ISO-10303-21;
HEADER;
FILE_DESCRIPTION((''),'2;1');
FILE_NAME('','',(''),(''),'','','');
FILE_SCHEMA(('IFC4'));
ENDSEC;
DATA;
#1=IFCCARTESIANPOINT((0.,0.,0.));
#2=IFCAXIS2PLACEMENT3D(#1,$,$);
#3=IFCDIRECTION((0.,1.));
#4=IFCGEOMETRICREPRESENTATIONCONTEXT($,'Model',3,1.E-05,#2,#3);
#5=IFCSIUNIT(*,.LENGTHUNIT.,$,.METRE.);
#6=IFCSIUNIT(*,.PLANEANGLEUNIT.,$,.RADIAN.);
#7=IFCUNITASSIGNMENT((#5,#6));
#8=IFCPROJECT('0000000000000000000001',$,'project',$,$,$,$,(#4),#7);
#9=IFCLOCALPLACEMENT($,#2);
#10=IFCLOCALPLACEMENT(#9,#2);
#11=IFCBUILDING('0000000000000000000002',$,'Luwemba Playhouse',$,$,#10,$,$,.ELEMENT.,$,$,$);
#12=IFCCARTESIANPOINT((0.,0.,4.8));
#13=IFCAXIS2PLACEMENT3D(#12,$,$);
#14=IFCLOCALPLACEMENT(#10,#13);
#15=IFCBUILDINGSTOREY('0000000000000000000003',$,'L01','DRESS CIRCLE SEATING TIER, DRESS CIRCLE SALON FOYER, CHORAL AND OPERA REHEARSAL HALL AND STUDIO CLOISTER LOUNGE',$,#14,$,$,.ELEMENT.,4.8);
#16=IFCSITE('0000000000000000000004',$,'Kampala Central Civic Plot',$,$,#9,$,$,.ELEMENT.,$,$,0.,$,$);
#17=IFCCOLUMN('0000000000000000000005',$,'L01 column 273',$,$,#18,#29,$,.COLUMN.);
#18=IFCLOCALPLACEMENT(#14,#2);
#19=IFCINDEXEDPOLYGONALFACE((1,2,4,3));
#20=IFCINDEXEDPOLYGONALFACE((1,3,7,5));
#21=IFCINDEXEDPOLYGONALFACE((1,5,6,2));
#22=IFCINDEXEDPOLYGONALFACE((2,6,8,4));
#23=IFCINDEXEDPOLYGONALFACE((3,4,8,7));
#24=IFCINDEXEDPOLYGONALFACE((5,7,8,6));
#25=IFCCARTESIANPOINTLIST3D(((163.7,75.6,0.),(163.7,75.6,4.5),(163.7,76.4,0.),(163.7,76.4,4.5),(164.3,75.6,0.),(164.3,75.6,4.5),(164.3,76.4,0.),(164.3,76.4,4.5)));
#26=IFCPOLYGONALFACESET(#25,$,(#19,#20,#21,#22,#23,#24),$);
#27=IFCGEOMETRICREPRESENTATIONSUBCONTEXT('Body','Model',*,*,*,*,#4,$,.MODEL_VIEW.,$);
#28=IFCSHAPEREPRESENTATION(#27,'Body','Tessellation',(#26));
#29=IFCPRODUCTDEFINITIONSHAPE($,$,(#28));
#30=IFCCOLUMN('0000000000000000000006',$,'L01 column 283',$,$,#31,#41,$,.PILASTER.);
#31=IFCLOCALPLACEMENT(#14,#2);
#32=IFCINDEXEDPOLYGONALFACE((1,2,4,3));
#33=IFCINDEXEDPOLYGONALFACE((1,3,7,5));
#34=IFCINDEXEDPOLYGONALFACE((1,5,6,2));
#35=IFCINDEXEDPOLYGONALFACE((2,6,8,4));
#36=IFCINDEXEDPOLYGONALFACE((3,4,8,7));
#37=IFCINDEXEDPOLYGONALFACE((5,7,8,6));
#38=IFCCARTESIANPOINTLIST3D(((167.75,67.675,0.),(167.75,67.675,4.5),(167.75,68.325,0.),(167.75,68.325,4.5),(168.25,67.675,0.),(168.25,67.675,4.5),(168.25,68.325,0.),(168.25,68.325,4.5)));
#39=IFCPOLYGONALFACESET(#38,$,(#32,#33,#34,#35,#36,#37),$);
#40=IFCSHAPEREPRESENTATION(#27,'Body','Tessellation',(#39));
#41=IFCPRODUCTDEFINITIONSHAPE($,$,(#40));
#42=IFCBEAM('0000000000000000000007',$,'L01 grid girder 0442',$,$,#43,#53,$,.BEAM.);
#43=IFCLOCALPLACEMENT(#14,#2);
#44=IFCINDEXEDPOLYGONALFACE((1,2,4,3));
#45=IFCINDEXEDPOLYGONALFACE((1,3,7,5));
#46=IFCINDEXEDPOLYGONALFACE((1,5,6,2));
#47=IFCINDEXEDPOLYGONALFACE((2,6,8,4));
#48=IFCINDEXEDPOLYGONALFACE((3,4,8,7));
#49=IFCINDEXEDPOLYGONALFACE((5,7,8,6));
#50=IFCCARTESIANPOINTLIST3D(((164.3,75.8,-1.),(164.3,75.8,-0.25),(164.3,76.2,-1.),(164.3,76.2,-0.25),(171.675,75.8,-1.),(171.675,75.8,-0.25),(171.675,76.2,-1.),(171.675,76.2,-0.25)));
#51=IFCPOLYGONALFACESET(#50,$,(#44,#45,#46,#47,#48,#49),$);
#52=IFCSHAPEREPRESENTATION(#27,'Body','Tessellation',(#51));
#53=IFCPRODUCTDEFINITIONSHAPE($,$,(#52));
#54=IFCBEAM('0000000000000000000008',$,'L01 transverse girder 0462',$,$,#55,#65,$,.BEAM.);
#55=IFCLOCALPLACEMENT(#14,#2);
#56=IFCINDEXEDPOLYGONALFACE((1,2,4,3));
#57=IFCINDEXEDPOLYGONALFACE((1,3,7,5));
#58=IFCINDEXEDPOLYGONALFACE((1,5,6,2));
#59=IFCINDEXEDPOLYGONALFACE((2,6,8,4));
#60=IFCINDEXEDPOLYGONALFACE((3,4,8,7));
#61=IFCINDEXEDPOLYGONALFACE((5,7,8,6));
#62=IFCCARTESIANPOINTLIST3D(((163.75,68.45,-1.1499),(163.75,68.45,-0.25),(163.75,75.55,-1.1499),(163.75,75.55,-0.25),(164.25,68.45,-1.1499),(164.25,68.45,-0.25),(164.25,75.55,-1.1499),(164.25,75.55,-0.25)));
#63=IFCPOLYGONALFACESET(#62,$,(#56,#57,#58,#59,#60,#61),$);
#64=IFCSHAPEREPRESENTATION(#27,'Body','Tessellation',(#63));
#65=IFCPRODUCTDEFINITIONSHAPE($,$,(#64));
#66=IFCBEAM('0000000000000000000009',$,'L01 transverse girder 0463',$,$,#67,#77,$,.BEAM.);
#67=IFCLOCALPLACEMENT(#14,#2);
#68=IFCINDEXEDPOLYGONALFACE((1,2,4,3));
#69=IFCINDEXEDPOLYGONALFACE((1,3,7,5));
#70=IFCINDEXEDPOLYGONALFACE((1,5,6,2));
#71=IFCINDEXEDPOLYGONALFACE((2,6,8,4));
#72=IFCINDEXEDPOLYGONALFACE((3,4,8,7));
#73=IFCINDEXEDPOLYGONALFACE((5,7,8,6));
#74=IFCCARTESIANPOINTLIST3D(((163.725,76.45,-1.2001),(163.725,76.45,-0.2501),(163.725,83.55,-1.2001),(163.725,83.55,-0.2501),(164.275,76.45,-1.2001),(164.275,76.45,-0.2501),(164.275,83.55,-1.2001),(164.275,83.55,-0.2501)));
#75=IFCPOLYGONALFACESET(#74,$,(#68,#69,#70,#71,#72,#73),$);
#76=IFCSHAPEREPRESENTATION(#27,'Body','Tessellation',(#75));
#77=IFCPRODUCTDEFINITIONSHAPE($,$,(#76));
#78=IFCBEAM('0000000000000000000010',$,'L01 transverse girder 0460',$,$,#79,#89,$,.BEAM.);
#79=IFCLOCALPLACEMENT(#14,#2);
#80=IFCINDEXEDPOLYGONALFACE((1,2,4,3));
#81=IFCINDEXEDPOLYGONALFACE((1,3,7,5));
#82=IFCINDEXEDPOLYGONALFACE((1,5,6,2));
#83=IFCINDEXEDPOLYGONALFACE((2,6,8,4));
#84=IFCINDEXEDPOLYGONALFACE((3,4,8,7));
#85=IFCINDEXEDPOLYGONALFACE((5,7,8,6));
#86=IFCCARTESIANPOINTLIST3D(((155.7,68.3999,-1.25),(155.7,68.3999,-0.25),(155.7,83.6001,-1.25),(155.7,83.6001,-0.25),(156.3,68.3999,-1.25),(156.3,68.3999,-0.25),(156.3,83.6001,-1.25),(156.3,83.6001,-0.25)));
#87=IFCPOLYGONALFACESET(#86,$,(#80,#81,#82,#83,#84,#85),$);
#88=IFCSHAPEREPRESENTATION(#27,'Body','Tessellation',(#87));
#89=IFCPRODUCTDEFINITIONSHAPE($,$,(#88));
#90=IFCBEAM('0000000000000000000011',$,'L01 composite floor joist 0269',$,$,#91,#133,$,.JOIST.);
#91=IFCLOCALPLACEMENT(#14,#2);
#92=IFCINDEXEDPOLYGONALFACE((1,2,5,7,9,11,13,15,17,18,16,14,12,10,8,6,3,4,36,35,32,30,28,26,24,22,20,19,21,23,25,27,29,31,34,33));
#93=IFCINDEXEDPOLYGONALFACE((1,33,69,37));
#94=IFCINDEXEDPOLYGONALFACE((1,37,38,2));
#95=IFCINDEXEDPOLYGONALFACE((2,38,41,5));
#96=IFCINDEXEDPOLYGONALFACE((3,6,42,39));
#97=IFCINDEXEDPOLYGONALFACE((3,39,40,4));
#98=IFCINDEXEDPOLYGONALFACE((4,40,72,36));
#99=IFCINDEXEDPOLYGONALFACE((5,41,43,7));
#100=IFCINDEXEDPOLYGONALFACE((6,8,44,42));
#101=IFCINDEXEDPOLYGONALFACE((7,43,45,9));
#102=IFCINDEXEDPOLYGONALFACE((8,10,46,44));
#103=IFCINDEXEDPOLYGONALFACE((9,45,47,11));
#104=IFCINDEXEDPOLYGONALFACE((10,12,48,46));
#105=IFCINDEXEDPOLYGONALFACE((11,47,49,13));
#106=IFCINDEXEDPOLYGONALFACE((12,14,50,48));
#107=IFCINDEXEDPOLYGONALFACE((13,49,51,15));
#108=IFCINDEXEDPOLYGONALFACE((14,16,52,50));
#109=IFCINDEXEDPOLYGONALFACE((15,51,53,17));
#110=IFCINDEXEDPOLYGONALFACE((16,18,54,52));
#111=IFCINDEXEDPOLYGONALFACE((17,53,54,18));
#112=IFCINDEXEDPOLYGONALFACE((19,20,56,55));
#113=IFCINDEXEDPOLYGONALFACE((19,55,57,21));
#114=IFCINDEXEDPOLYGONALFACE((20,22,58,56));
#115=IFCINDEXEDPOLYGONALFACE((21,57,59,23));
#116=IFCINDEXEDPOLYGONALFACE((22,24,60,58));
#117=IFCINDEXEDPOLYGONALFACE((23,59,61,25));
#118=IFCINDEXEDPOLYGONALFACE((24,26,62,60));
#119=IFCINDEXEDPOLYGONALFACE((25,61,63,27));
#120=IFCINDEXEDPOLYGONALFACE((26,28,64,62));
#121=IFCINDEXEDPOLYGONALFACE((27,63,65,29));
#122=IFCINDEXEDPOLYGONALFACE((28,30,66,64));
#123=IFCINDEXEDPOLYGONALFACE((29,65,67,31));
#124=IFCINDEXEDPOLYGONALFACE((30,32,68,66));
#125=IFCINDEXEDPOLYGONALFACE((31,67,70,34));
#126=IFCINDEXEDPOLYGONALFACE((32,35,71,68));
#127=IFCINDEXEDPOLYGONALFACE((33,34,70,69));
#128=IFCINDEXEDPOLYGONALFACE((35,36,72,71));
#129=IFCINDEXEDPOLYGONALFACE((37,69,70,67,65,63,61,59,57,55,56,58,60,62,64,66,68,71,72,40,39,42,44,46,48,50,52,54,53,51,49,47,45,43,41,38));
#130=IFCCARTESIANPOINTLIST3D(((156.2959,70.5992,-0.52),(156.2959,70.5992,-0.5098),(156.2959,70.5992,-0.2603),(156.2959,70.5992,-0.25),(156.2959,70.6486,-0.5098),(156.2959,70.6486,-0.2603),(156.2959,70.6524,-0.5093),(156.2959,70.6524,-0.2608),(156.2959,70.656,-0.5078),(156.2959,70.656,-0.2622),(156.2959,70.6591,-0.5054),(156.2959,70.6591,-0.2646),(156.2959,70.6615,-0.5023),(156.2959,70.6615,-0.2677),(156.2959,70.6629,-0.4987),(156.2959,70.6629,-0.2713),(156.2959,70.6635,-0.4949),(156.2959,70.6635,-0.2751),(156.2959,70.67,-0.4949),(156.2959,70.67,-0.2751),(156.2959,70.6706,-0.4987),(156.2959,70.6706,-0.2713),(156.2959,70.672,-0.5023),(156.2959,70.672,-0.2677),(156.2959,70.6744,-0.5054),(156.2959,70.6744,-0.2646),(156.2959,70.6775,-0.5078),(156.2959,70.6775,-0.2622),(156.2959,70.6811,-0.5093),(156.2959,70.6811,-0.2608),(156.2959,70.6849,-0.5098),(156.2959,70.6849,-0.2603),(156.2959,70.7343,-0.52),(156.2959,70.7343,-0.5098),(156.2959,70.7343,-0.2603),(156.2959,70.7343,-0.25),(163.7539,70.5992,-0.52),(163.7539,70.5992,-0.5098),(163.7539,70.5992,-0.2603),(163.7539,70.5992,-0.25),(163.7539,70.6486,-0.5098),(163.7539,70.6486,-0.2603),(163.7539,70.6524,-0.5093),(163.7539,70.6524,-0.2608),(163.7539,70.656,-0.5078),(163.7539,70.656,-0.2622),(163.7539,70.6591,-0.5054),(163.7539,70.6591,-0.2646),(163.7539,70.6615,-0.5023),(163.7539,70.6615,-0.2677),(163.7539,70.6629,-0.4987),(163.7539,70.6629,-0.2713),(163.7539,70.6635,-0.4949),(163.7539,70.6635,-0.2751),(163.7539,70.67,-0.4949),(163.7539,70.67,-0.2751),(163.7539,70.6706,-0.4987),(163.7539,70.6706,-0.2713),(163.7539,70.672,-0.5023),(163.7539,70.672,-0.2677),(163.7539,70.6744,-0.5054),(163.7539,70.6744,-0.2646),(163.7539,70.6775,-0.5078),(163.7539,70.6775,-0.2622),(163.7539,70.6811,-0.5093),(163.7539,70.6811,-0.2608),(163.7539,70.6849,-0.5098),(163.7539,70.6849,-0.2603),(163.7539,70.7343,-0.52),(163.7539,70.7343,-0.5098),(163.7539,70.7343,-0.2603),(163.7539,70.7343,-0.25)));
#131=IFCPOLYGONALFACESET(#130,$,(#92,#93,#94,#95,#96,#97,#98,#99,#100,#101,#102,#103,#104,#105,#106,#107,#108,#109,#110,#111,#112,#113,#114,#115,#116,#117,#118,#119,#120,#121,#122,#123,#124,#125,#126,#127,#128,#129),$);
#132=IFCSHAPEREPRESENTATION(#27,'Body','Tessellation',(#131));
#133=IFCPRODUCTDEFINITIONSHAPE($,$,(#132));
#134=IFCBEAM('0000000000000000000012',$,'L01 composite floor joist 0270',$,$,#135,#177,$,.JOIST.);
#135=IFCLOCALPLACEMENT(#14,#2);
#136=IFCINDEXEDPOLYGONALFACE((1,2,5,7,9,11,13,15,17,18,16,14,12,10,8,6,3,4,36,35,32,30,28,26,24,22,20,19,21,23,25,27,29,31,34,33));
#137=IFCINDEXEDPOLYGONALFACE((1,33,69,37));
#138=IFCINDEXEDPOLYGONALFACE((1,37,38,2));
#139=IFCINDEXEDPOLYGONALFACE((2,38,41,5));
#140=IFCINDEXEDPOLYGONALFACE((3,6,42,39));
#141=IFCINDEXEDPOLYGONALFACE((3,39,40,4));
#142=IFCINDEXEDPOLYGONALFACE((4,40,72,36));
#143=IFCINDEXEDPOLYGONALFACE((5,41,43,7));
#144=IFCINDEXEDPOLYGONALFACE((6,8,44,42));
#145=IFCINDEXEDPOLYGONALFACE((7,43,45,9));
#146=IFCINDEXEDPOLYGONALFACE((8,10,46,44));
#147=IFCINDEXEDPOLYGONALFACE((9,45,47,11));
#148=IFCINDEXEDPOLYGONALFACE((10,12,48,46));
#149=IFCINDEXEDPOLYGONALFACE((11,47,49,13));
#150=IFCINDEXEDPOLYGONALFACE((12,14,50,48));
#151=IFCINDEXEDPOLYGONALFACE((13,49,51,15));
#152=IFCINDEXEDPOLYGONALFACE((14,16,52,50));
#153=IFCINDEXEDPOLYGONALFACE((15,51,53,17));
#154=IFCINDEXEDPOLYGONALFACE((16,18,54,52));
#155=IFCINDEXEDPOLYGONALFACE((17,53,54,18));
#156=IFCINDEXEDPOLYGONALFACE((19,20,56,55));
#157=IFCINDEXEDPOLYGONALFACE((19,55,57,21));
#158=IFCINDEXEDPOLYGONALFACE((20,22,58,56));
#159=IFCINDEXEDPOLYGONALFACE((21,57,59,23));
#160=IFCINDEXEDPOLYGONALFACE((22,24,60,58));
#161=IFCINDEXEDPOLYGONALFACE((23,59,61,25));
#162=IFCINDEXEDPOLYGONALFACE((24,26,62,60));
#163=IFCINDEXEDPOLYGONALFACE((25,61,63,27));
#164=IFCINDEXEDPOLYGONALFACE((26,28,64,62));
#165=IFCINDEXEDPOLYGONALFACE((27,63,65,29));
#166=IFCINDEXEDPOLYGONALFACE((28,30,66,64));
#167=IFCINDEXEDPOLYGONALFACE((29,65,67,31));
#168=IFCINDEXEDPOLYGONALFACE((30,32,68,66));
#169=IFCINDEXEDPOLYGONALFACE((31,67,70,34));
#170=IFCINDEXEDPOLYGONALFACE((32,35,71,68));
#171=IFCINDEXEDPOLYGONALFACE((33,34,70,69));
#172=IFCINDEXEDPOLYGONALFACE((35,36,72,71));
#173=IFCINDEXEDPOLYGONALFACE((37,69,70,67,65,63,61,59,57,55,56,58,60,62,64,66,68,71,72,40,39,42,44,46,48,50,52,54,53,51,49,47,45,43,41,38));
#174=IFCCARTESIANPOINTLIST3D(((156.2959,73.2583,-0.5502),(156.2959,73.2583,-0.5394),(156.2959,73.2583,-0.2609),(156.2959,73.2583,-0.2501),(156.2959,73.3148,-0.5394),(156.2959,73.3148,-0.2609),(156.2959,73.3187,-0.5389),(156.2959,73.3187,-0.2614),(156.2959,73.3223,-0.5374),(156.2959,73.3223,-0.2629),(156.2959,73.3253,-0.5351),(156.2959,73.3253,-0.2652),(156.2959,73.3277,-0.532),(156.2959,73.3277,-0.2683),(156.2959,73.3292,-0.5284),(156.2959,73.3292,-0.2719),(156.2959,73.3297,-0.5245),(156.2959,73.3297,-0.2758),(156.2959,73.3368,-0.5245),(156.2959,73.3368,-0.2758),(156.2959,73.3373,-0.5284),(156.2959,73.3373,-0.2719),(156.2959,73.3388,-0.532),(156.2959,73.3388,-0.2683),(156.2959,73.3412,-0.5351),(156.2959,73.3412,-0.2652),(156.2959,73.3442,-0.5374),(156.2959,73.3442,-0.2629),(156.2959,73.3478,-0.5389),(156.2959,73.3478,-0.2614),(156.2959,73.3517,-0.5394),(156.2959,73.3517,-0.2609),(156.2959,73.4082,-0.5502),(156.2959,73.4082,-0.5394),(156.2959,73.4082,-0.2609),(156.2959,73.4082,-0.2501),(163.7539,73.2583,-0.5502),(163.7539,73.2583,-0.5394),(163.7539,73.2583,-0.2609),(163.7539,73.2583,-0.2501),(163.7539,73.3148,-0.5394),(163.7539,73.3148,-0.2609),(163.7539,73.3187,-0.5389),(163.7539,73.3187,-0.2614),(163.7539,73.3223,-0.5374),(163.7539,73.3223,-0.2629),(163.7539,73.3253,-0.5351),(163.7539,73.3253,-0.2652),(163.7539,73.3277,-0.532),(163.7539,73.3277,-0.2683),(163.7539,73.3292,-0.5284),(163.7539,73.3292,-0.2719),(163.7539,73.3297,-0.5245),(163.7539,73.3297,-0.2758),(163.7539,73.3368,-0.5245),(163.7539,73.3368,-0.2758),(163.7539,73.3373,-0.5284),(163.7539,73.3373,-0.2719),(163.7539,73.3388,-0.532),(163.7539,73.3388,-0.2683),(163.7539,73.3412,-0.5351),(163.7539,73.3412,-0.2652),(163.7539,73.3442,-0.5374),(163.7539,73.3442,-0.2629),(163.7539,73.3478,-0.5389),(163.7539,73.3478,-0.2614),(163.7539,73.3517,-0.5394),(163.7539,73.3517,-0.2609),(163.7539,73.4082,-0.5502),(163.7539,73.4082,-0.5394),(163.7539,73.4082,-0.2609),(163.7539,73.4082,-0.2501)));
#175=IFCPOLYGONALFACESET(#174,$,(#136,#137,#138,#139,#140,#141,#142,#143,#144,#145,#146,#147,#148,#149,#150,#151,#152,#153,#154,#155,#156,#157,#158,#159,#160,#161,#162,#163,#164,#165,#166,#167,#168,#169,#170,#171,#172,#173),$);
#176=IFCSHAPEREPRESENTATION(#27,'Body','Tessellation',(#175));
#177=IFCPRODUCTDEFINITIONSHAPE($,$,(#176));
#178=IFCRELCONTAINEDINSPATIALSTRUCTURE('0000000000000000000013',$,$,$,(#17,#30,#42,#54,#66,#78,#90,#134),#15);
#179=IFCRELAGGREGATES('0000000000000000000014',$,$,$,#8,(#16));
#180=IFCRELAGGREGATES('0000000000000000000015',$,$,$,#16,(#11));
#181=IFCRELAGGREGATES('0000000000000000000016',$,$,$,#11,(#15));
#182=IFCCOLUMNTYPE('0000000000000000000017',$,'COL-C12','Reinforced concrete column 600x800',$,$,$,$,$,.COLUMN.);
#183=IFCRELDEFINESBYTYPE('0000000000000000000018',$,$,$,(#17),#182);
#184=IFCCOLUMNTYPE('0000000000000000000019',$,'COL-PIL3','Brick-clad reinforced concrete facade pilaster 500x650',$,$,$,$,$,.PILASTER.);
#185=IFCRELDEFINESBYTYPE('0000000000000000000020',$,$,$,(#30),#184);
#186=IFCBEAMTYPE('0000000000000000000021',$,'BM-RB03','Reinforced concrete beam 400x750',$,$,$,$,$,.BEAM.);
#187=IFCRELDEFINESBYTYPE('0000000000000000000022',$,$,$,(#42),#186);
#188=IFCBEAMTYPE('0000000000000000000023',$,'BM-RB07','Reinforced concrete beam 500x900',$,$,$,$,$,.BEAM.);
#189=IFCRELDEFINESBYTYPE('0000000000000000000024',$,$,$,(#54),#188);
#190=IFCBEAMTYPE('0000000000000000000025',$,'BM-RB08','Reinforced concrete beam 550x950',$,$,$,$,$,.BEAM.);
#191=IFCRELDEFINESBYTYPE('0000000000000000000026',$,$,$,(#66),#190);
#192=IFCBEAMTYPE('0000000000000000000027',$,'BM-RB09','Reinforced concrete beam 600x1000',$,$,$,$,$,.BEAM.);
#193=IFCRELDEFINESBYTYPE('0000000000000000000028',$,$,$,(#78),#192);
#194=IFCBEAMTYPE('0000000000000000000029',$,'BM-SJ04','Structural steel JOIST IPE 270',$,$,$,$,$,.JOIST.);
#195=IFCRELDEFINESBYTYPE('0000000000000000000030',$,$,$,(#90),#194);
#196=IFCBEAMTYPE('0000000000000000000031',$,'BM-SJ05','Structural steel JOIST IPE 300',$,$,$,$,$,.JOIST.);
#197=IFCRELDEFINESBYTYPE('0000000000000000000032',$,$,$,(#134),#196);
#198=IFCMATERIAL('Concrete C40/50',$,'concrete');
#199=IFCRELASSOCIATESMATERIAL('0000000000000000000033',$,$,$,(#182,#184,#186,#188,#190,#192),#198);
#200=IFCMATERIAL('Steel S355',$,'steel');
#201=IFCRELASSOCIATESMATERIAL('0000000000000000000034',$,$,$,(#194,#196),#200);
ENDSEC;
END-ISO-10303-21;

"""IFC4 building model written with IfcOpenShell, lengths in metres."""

from ifc_helpers import new_model, si_unit, direction, frame, origin, origin_2d, place, context, subcontext, project, spatial, rectangle, i_section, extrude, material, material_profile, profile_set, type_object, element, save


model = new_model("IFC4")

# Units and contexts
model_context = context("Model", 3, precision=1e-05, world=origin(), true_north=direction((0.0, 1.0)))
body_context = subcontext(model_context, "Body", "Model", "MODEL_VIEW")
ifc_project = project(units=[si_unit("LENGTHUNIT", "METRE"), si_unit("PLANEANGLEUNIT", "RADIAN")], contexts=[model_context])

# Site, building, storey
site_placement = place(None, origin())
site = spatial("IfcSite", under=ifc_project, at=site_placement, Name="Kampala Central Civic Plot", CompositionType="ELEMENT", RefElevation=0.0)
building_placement = place(site_placement, origin())
building = spatial("IfcBuilding", under=site, at=building_placement, Name="Luwemba Playhouse", CompositionType="ELEMENT")
storey_placement = place(building_placement, frame((0.0, 0.0, 4.8)))
storey = spatial("IfcBuildingStorey", under=building, at=storey_placement, Name="L01", Description="DRESS CIRCLE SEATING TIER, DRESS CIRCLE SALON FOYER, CHORAL AND OPERA REHEARSAL HALL AND STUDIO CLOISTER LOUNGE", CompositionType="ELEMENT", Elevation=4.8)

# Columns
ifc_material_1 = material(Name="Concrete C40/50", Category="concrete")
ifc_material_profile_1 = material_profile(ifc_material_1, rectangle(XDim=0.6001, YDim=0.8, at=origin_2d()))
ifc_profile_set_1 = profile_set([ifc_material_profile_1], Name="Concrete C40/50")
column_type_1 = type_object("IfcColumnType", Name="COL-C12", Description="Reinforced concrete column 600x800", PredefinedType="COLUMN", material=ifc_profile_set_1)
column_1_placement = place(storey_placement, frame((164.0, 76.0, 0.0), z_axis=(0.0, 0.0, 1.0), x_axis=(1.0, 0.0, 0.0)))
element("IfcColumn", 1, at=column_1_placement, inside=storey, type_object=column_type_1, Name="L01 column 273", PredefinedType="COLUMN", context=body_context, shape_type="SweptSolid", body=[
    extrude(rectangle(XDim=0.6001, YDim=0.8, at=origin_2d()), origin(), (0.0, 0.0, 1.0), 4.5),
])
ifc_material_profile_2 = material_profile(ifc_material_1, rectangle(XDim=0.5, YDim=0.6499, at=origin_2d()))
ifc_profile_set_2 = profile_set([ifc_material_profile_2], Name="Concrete C40/50")
column_type_2 = type_object("IfcColumnType", Name="COL-PIL3", Description="Brick-clad reinforced concrete facade pilaster 500x650", PredefinedType="PILASTER", material=ifc_profile_set_2)
column_2_placement = place(storey_placement, frame((168.0, 68.0, 0.0), z_axis=(0.0, 0.0, 1.0), x_axis=(1.0, 0.0, 0.0)))
element("IfcColumn", 2, at=column_2_placement, inside=storey, type_object=column_type_2, Name="L01 column 283", PredefinedType="PILASTER", context=body_context, shape_type="SweptSolid", body=[
    extrude(rectangle(XDim=0.5, YDim=0.6499, at=origin_2d()), origin(), (0.0, 0.0, 1.0), 4.5),
])

# Beams
ifc_material_profile_3 = material_profile(ifc_material_1, rectangle(XDim=0.3999, YDim=0.75, at=origin_2d()))
ifc_profile_set_3 = profile_set([ifc_material_profile_3], Name="Concrete C40/50")
beam_type_1 = type_object("IfcBeamType", Name="BM-RB03", Description="Reinforced concrete beam 400x750", PredefinedType="BEAM", material=ifc_profile_set_3)
beam_1_placement = place(storey_placement, frame((164.3, 76.0, -0.625), z_axis=(1.0, 0.0, 0.0), x_axis=(0.0, 1.0, 0.0)))
element("IfcBeam", 3, at=beam_1_placement, inside=storey, type_object=beam_type_1, Name="L01 grid girder 0442", PredefinedType="BEAM", context=body_context, shape_type="SweptSolid", body=[
    extrude(rectangle(XDim=0.3999, YDim=0.75, at=origin_2d()), origin(), (0.0, 0.0, 1.0), 7.375),
])
ifc_material_profile_4 = material_profile(ifc_material_1, rectangle(XDim=0.5, YDim=0.8999, at=origin_2d()))
ifc_profile_set_4 = profile_set([ifc_material_profile_4], Name="Concrete C40/50")
beam_type_2 = type_object("IfcBeamType", Name="BM-RB07", Description="Reinforced concrete beam 500x900", PredefinedType="BEAM", material=ifc_profile_set_4)
beam_2_placement = place(storey_placement, frame((164.0, 68.45, -0.7), z_axis=(0.0, 1.0, 0.0), x_axis=(-1.0, 0.0, 0.0)))
element("IfcBeam", 4, at=beam_2_placement, inside=storey, type_object=beam_type_2, Name="L01 transverse girder 0462", PredefinedType="BEAM", context=body_context, shape_type="SweptSolid", body=[
    extrude(rectangle(XDim=0.5, YDim=0.8999, at=origin_2d()), origin(), (0.0, 0.0, 1.0), 7.1001),
])
ifc_material_profile_5 = material_profile(ifc_material_1, rectangle(XDim=0.55, YDim=0.95, at=origin_2d()))
ifc_profile_set_5 = profile_set([ifc_material_profile_5], Name="Concrete C40/50")
beam_type_3 = type_object("IfcBeamType", Name="BM-RB08", Description="Reinforced concrete beam 550x950", PredefinedType="BEAM", material=ifc_profile_set_5)
beam_3_placement = place(storey_placement, frame((164.0, 76.45, -0.7251), z_axis=(0.0, 1.0, 0.0), x_axis=(-1.0, 0.0, 0.0)))
element("IfcBeam", 5, at=beam_3_placement, inside=storey, type_object=beam_type_3, Name="L01 transverse girder 0463", PredefinedType="BEAM", context=body_context, shape_type="SweptSolid", body=[
    extrude(rectangle(XDim=0.55, YDim=0.95, at=origin_2d()), origin(), (0.0, 0.0, 1.0), 7.1001),
])
ifc_material_profile_6 = material_profile(ifc_material_1, rectangle(XDim=0.6001, YDim=1.0, at=origin_2d()))
ifc_profile_set_6 = profile_set([ifc_material_profile_6], Name="Concrete C40/50")
beam_type_4 = type_object("IfcBeamType", Name="BM-RB09", Description="Reinforced concrete beam 600x1000", PredefinedType="BEAM", material=ifc_profile_set_6)
beam_4_placement = place(storey_placement, frame((156.0, 68.3999, -0.75), z_axis=(0.0, 1.0, 0.0), x_axis=(-1.0, 0.0, 0.0)))
element("IfcBeam", 6, at=beam_4_placement, inside=storey, type_object=beam_type_4, Name="L01 transverse girder 0460", PredefinedType="BEAM", context=body_context, shape_type="SweptSolid", body=[
    extrude(rectangle(XDim=0.6001, YDim=1.0, at=origin_2d()), origin(), (0.0, 0.0, 1.0), 15.2002),
])
ifc_material_2 = material(Name="Steel S355", Category="steel")
ifc_material_profile_7 = material_profile(ifc_material_2, i_section(OverallWidth=0.135, OverallDepth=0.27, WebThickness=0.0066, FlangeThickness=0.0103, FilletRadius=0.0149, at=origin_2d()))
ifc_profile_set_7 = profile_set([ifc_material_profile_7], Name="Steel S355")
beam_type_5 = type_object("IfcBeamType", Name="BM-SJ04", Description="Structural steel JOIST IPE 270", PredefinedType="JOIST", material=ifc_profile_set_7)
beam_5_placement = place(storey_placement, frame((156.2959, 70.6667, -0.385), z_axis=(1.0, 0.0, 0.0), x_axis=(0.0, 1.0, 0.0)))
element("IfcBeam", 7, at=beam_5_placement, inside=storey, type_object=beam_type_5, Name="L01 composite floor joist 0269", PredefinedType="JOIST", context=body_context, shape_type="SweptSolid", body=[
    extrude(i_section(OverallWidth=0.135, OverallDepth=0.27, WebThickness=0.0066, FlangeThickness=0.0103, FilletRadius=0.0149, at=origin_2d()), origin(), (0.0, 0.0, 1.0), 7.458),
])
ifc_material_profile_8 = material_profile(ifc_material_2, i_section(OverallWidth=0.1499, OverallDepth=0.3, WebThickness=0.0071, FlangeThickness=0.0107, FilletRadius=0.0149, at=origin_2d()))
ifc_profile_set_8 = profile_set([ifc_material_profile_8], Name="Steel S355")
beam_type_6 = type_object("IfcBeamType", Name="BM-SJ05", Description="Structural steel JOIST IPE 300", PredefinedType="JOIST", material=ifc_profile_set_8)
beam_6_placement = place(storey_placement, frame((156.2959, 73.3333, -0.4001), z_axis=(1.0, 0.0, 0.0), x_axis=(0.0, 1.0, 0.0)))
element("IfcBeam", 8, at=beam_6_placement, inside=storey, type_object=beam_type_6, Name="L01 composite floor joist 0270", PredefinedType="JOIST", context=body_context, shape_type="SweptSolid", body=[
    extrude(i_section(OverallWidth=0.1499, OverallDepth=0.3, WebThickness=0.0071, FlangeThickness=0.0107, FilletRadius=0.0149, at=origin_2d()), origin(), (0.0, 0.0, 1.0), 7.458),
])

save(model, "model.ifc")
